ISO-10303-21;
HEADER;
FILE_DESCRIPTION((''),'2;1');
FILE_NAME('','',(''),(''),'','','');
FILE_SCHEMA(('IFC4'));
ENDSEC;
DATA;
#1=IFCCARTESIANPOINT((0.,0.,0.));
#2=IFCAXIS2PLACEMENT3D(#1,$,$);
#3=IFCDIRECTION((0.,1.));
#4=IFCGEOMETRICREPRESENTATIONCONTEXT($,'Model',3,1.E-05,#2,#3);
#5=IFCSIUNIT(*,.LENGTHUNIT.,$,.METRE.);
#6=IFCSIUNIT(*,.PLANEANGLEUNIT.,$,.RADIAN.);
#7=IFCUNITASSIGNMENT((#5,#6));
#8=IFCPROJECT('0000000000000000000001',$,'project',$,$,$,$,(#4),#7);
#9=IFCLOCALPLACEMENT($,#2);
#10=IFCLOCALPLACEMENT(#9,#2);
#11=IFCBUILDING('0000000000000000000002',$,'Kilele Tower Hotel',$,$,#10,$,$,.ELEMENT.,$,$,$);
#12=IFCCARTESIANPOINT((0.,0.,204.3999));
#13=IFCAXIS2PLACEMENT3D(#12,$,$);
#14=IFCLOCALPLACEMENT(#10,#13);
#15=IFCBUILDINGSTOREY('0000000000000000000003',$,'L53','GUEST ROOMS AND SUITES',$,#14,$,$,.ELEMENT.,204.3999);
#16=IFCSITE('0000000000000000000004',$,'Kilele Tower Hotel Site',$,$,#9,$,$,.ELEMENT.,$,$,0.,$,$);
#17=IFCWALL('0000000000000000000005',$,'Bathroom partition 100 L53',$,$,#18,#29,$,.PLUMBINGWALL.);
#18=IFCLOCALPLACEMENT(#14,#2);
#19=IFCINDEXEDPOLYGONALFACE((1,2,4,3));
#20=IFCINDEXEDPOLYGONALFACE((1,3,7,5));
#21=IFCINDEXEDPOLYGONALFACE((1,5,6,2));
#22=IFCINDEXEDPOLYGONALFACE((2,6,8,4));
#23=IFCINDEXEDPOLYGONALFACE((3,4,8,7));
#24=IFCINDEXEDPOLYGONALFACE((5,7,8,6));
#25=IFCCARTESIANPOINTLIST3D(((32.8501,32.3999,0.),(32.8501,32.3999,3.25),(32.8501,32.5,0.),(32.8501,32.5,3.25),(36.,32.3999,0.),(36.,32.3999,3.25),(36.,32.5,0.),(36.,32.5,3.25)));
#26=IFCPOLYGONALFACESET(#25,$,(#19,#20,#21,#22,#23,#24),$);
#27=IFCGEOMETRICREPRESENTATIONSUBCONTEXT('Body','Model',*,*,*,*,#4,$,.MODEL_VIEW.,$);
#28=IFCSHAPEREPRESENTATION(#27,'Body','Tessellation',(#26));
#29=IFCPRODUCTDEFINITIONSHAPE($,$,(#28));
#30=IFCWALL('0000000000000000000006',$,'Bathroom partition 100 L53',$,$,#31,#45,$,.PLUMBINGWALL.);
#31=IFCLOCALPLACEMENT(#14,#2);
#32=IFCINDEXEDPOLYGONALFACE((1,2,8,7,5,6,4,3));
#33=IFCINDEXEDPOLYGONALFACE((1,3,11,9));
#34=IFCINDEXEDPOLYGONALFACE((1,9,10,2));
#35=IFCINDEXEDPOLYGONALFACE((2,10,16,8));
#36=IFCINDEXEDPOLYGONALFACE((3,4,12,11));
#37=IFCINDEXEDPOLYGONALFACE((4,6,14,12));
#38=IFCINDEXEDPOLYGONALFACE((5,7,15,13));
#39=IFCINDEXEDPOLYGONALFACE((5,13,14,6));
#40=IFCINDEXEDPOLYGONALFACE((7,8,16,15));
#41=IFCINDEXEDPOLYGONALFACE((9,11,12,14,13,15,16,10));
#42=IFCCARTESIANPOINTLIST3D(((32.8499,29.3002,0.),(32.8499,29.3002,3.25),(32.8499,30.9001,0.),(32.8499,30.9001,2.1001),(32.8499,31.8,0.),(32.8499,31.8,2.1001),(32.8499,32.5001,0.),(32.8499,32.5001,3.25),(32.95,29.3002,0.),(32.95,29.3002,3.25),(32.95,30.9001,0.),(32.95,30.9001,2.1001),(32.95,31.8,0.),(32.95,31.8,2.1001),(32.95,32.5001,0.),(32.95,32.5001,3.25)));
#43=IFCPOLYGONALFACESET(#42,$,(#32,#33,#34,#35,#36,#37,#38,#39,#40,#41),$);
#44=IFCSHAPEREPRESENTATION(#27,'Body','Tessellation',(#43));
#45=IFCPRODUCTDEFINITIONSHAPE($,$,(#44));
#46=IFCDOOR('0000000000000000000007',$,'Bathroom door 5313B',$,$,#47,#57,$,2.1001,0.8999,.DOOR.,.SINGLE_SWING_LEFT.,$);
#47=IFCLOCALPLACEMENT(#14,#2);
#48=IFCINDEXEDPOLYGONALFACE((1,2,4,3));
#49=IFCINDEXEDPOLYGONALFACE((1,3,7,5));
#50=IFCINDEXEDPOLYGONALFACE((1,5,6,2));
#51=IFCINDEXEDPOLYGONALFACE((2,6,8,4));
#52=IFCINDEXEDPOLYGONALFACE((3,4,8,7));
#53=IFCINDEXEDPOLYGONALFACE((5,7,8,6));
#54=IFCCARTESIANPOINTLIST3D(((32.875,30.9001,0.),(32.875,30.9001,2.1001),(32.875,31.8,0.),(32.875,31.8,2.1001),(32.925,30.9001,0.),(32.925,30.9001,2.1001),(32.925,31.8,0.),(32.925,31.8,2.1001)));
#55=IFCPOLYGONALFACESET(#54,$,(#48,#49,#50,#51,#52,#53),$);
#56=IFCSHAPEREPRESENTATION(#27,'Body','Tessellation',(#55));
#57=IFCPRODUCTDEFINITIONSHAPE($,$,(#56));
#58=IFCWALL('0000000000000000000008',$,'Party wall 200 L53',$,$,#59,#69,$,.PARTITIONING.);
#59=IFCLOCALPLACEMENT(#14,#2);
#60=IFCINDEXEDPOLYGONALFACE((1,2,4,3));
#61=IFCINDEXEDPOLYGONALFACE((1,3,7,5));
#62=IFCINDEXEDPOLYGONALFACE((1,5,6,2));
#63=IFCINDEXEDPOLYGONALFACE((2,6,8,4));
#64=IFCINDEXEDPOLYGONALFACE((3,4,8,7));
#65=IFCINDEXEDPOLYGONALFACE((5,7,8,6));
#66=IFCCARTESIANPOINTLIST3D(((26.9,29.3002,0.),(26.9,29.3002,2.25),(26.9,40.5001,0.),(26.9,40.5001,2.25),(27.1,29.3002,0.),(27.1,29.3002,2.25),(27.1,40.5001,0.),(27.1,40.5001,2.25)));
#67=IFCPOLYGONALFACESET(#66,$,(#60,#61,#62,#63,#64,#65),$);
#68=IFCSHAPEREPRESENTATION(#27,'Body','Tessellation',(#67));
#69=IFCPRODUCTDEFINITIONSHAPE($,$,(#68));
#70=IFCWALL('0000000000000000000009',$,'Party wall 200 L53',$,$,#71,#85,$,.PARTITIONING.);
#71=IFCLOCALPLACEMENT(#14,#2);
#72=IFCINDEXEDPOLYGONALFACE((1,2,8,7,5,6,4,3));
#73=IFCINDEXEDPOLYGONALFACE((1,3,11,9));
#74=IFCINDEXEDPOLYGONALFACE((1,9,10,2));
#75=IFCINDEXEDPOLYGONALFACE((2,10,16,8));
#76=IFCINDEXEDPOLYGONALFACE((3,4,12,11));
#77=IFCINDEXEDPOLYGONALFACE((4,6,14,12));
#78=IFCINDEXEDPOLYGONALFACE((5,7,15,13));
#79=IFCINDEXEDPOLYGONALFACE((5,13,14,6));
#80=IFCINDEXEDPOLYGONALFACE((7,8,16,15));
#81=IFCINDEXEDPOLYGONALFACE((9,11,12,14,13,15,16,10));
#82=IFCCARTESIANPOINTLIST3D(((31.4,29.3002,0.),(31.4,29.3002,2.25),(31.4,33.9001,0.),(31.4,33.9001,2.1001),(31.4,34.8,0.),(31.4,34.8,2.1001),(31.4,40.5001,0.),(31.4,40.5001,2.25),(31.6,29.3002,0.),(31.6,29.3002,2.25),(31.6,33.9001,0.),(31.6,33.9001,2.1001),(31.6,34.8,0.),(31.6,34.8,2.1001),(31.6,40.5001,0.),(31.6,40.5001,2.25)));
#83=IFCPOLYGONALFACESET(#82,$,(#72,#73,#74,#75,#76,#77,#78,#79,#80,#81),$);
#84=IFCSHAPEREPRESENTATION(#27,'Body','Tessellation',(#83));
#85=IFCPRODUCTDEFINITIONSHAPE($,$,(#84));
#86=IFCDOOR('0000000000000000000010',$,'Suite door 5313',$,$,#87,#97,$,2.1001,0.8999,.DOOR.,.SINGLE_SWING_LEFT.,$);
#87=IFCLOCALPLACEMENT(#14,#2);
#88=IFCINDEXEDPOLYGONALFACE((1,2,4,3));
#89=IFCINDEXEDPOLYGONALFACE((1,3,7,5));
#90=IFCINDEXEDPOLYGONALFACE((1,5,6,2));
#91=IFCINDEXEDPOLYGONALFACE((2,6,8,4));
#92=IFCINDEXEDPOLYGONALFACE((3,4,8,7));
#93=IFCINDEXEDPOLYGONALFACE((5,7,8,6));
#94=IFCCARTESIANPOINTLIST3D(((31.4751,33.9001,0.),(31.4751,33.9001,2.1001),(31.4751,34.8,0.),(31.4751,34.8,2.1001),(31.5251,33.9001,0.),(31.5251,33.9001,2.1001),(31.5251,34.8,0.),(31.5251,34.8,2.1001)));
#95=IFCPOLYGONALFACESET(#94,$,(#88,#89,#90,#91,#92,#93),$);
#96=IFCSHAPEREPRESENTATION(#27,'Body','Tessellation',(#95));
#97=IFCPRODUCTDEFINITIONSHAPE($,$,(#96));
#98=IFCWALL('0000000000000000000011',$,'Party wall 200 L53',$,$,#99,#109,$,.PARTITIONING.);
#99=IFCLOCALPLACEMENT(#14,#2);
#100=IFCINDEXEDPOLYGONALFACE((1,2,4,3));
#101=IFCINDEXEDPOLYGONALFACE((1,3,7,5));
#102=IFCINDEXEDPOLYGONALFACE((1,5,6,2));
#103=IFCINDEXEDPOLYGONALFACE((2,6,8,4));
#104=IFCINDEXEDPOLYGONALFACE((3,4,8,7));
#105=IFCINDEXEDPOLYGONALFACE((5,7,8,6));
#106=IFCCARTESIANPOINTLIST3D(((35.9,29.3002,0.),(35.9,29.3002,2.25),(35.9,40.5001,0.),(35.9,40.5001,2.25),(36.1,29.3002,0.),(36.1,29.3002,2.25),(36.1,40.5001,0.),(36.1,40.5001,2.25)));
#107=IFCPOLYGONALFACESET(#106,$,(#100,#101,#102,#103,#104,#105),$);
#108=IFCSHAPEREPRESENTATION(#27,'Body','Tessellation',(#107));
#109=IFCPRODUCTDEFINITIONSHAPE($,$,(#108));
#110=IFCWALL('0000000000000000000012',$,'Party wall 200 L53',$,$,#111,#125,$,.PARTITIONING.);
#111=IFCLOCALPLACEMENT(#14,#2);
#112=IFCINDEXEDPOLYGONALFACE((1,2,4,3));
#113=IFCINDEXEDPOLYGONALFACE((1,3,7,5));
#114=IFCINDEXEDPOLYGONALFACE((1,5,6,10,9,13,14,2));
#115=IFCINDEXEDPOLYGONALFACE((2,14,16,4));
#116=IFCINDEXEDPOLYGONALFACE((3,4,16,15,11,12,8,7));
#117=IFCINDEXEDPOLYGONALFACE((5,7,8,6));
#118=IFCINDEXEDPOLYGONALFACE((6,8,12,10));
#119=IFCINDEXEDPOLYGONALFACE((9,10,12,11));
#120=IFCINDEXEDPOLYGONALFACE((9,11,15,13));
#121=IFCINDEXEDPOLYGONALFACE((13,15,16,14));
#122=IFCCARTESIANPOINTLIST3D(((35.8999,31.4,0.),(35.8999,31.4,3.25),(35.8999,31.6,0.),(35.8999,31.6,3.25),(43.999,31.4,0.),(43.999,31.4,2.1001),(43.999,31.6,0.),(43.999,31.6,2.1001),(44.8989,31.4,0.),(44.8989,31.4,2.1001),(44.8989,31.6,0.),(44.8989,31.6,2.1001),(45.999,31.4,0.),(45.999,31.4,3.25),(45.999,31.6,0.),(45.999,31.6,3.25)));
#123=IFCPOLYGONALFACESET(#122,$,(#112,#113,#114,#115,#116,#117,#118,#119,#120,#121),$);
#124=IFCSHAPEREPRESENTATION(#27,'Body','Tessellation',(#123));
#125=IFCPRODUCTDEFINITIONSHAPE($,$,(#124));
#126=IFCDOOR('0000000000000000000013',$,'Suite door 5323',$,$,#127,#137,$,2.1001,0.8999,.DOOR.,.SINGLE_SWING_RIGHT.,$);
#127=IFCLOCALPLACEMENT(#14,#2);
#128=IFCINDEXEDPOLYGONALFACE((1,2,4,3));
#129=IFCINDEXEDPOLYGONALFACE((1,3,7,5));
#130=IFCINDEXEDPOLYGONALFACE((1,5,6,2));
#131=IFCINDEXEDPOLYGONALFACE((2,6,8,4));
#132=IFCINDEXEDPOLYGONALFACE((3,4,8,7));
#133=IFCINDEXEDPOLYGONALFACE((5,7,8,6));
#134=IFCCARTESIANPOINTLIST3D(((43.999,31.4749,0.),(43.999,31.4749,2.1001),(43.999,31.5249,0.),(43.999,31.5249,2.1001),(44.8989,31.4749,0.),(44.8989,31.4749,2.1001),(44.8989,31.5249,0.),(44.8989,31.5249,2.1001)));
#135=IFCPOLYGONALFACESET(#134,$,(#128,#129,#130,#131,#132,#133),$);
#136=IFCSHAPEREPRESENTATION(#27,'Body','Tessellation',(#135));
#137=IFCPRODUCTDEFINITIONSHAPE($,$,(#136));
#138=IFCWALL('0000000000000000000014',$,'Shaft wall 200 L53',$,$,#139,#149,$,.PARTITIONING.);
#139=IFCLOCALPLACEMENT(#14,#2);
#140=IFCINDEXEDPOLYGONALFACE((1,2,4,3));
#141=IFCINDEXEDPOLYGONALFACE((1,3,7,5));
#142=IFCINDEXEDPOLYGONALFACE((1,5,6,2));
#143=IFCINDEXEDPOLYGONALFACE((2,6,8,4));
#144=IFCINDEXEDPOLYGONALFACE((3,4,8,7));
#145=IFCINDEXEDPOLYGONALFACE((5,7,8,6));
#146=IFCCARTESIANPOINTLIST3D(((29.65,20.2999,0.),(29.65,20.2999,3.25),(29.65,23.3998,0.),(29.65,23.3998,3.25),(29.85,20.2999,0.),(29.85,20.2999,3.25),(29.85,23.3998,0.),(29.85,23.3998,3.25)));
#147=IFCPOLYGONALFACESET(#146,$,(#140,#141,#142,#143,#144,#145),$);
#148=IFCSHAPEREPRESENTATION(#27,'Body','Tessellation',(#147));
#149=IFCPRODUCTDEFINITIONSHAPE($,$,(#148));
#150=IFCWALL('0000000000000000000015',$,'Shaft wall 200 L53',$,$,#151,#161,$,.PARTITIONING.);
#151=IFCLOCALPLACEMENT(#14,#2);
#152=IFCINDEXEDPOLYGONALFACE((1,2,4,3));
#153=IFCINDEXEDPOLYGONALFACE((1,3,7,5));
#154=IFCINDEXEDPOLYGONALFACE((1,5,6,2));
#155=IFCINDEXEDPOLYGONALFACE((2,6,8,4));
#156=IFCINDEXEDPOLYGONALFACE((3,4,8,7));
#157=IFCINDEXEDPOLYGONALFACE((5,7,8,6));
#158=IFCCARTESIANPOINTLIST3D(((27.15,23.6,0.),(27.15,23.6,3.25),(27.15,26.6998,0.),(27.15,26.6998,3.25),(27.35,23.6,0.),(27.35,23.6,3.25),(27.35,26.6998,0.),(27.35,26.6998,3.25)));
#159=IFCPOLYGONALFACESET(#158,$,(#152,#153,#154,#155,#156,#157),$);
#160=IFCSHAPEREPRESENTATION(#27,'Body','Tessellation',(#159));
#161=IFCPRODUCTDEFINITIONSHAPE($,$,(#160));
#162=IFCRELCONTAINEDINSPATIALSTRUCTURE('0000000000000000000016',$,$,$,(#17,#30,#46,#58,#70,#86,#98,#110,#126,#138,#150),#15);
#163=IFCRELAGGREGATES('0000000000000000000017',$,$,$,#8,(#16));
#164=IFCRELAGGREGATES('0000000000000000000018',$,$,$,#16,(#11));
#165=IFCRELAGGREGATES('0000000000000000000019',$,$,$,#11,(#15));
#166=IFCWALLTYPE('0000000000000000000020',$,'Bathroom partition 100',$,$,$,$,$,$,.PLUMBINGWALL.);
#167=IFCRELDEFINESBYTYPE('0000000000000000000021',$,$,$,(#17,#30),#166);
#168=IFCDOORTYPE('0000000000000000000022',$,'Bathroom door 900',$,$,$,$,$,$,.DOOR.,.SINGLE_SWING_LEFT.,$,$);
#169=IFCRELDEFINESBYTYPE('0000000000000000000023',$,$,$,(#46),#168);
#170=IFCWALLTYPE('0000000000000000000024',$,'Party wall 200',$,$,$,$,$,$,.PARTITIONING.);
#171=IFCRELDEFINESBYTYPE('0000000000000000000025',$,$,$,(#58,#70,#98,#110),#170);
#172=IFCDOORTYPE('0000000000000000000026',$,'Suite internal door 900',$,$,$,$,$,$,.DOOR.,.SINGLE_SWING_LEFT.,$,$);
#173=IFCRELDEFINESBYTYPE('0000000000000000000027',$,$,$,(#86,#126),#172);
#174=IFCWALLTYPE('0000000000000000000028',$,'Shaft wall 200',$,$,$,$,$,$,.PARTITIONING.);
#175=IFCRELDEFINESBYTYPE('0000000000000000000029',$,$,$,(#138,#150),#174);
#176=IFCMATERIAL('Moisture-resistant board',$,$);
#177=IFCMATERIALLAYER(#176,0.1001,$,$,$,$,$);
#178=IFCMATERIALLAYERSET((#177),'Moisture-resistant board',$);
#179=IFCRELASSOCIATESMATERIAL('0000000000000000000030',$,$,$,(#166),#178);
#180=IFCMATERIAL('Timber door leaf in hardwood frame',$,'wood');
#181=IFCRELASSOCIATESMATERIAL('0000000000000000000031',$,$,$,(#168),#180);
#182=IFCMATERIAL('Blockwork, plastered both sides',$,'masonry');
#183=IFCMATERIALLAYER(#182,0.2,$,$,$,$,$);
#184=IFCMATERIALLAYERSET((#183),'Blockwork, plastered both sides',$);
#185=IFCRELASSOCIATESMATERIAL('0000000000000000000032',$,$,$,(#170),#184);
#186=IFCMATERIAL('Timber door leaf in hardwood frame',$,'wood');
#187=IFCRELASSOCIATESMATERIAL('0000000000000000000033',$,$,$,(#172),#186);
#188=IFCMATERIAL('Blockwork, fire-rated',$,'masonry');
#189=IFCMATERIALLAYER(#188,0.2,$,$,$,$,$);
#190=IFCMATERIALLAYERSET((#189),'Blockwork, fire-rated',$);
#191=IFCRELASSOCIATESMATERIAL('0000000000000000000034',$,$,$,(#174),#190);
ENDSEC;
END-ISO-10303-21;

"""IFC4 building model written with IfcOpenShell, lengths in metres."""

from ifc_helpers import new_model, si_unit, direction, frame, frame_2d, origin, place, context, subcontext, project, spatial, rectangle, extrude, material, layer, layer_set, type_object, element, fill, save


model = new_model("IFC4")

# Units and contexts
model_context = context("Model", 3, precision=1e-05, world=origin(), true_north=direction((0.0, 1.0)))
body_context = subcontext(model_context, "Body", "Model", "MODEL_VIEW")
ifc_project = project(units=[si_unit("LENGTHUNIT", "METRE"), si_unit("PLANEANGLEUNIT", "RADIAN")], contexts=[model_context])

# Site, building, storey
site_placement = place(None, origin())
site = spatial("IfcSite", under=ifc_project, at=site_placement, Name="Kilele Tower Hotel Site", CompositionType="ELEMENT", RefElevation=0.0)
building_placement = place(site_placement, origin())
building = spatial("IfcBuilding", under=site, at=building_placement, Name="Kilele Tower Hotel", CompositionType="ELEMENT")
storey_placement = place(building_placement, frame((0.0, 0.0, 204.3999)))
storey = spatial("IfcBuildingStorey", under=building, at=storey_placement, Name="L53", Description="GUEST ROOMS AND SUITES", CompositionType="ELEMENT", Elevation=204.3999)

# Shared definitions
ifc_material_1 = material(Name="Moisture-resistant board")
ifc_layer_1 = layer(ifc_material_1, 0.1001)
ifc_layer_set_1 = layer_set([ifc_layer_1], Name="Moisture-resistant board")
wall_type_1 = type_object("IfcWallType", Name="Bathroom partition 100", PredefinedType="PLUMBINGWALL", material=ifc_layer_set_1)
ifc_material_2 = material(Name="Timber door leaf in hardwood frame", Category="wood")
door_type_1 = type_object("IfcDoorType", Name="Bathroom door 900", OperationType="SINGLE_SWING_LEFT", PredefinedType="DOOR", material=ifc_material_2)

# Wall
wall_1_placement = place(storey_placement, frame((32.8501, 32.45, 0.0), z_axis=(0.0, 0.0, 1.0), x_axis=(1.0, 0.0, 0.0)))
element("IfcWall", 1, at=wall_1_placement, inside=storey, type_object=wall_type_1, Name="Bathroom partition 100 L53", PredefinedType="PLUMBINGWALL", context=body_context, shape_type="SweptSolid", body=[
    extrude(rectangle(XDim=3.1499, YDim=0.1001, at=frame_2d((1.575, 0.0))), origin(), (0.0, 0.0, 1.0), 3.25),
])

# Wall, opening, door
wall_2_placement = place(storey_placement, frame((32.8999, 29.3, 0.0), z_axis=(0.0, 0.0, 1.0), x_axis=(0.0, 1.0, 0.0)))
wall_2 = element("IfcWall", 2, at=wall_2_placement, inside=storey, type_object=wall_type_1, Name="Bathroom partition 100 L53", PredefinedType="PLUMBINGWALL", context=body_context, shape_type="SweptSolid", body=[
    extrude(rectangle(XDim=3.2, YDim=0.1001, at=frame_2d((1.6001, 0.0))), origin(), (0.0, 0.0, 1.0), 3.25),
])
opening_1_placement = place(wall_2_placement, frame((1.6001, 0.0, 0.0)))
opening_1 = element("IfcOpeningElement", 3, at=opening_1_placement, cuts=wall_2, PredefinedType="OPENING", context=body_context, shape_type="SweptSolid", body=[
    extrude(rectangle(XDim=0.8999, YDim=2.1001, at=frame_2d((0.45, 1.05))), frame((0.0, 0.0601, 0.0), z_axis=(0.0, -1.0, 0.0), x_axis=(1.0, 0.0, 0.0)), (0.0, 0.0, 1.0), 0.1201),
])
door_1_placement = place(opening_1_placement, origin())
door_1 = element("IfcDoor", 4, at=door_1_placement, inside=storey, type_object=door_type_1, Name="Bathroom door 5313B", OperationType="SINGLE_SWING_LEFT", OverallHeight=2.1001, OverallWidth=0.8999, PredefinedType="DOOR", context=body_context, shape_type="SweptSolid", body=[
    extrude(rectangle(XDim=0.8999, YDim=2.1001, at=frame_2d((0.45, 1.05))), frame((0.0, 0.0249, 0.0), z_axis=(0.0, -1.0, 0.0), x_axis=(1.0, 0.0, 0.0)), (0.0, 0.0, 1.0), 0.05),
])
fill(opening_1, door_1)

# Wall
ifc_material_3 = material(Name="Blockwork, plastered both sides", Category="masonry")
ifc_layer_2 = layer(ifc_material_3, 0.2)
ifc_layer_set_2 = layer_set([ifc_layer_2], Name="Blockwork, plastered both sides")
wall_type_2 = type_object("IfcWallType", Name="Party wall 200", PredefinedType="PARTITIONING", material=ifc_layer_set_2)
wall_3_placement = place(storey_placement, frame((27.0, 29.3, 0.0), z_axis=(0.0, 0.0, 1.0), x_axis=(0.0, 1.0, 0.0)))
element("IfcWall", 5, at=wall_3_placement, inside=storey, type_object=wall_type_2, Name="Party wall 200 L53", PredefinedType="PARTITIONING", context=body_context, shape_type="SweptSolid", body=[
    extrude(rectangle(XDim=11.2, YDim=0.2, at=frame_2d((5.6001, 0.0))), origin(), (0.0, 0.0, 1.0), 2.25),
])

# Wall, opening, door
wall_4_placement = place(storey_placement, frame((31.5, 29.3, 0.0), z_axis=(0.0, 0.0, 1.0), x_axis=(0.0, 1.0, 0.0)))
wall_4 = element("IfcWall", 6, at=wall_4_placement, inside=storey, type_object=wall_type_2, Name="Party wall 200 L53", PredefinedType="PARTITIONING", context=body_context, shape_type="SweptSolid", body=[
    extrude(rectangle(XDim=11.2, YDim=0.2, at=frame_2d((5.6001, 0.0))), origin(), (0.0, 0.0, 1.0), 2.25),
])
opening_2_placement = place(wall_4_placement, frame((4.6001, 0.0, 0.0)))
opening_2 = element("IfcOpeningElement", 7, at=opening_2_placement, cuts=wall_4, PredefinedType="OPENING", context=body_context, shape_type="SweptSolid", body=[
    extrude(rectangle(XDim=0.8999, YDim=2.1001, at=frame_2d((0.45, 1.05))), frame((0.0, 0.1099, 0.0), z_axis=(0.0, -1.0, 0.0), x_axis=(1.0, 0.0, 0.0)), (0.0, 0.0, 1.0), 0.22),
])
ifc_material_4 = material(Name="Timber door leaf in hardwood frame", Category="wood")
door_type_2 = type_object("IfcDoorType", Name="Suite internal door 900", OperationType="SINGLE_SWING_LEFT", PredefinedType="DOOR", material=ifc_material_4)
door_2_placement = place(opening_2_placement, origin())
door_2 = element("IfcDoor", 8, at=door_2_placement, inside=storey, type_object=door_type_2, Name="Suite door 5313", OperationType="SINGLE_SWING_LEFT", OverallHeight=2.1001, OverallWidth=0.8999, PredefinedType="DOOR", context=body_context, shape_type="SweptSolid", body=[
    extrude(rectangle(XDim=0.8999, YDim=2.1001, at=frame_2d((0.45, 1.05))), frame((0.0, 0.0249, 0.0), z_axis=(0.0, -1.0, 0.0), x_axis=(1.0, 0.0, 0.0)), (0.0, 0.0, 1.0), 0.05),
])
fill(opening_2, door_2)

# Wall
wall_5_placement = place(storey_placement, frame((36.0, 29.3, 0.0), z_axis=(0.0, 0.0, 1.0), x_axis=(0.0, 1.0, 0.0)))
element("IfcWall", 9, at=wall_5_placement, inside=storey, type_object=wall_type_2, Name="Party wall 200 L53", PredefinedType="PARTITIONING", context=body_context, shape_type="SweptSolid", body=[
    extrude(rectangle(XDim=11.2, YDim=0.2, at=frame_2d((5.6001, 0.0))), origin(), (0.0, 0.0, 1.0), 2.25),
])

# Wall, opening, door
wall_6_placement = place(storey_placement, frame((35.8999, 31.5, 0.0), z_axis=(0.0, 0.0, 1.0), x_axis=(1.0, 0.0, 0.0)))
wall_6 = element("IfcWall", 10, at=wall_6_placement, inside=storey, type_object=wall_type_2, Name="Party wall 200 L53", PredefinedType="PARTITIONING", context=body_context, shape_type="SweptSolid", body=[
    extrude(rectangle(XDim=10.0991, YDim=0.2, at=frame_2d((5.0496, 0.0))), origin(), (0.0, 0.0, 1.0), 3.25),
])
opening_3_placement = place(wall_6_placement, frame((8.0991, 0.0, 0.0)))
opening_3 = element("IfcOpeningElement", 11, at=opening_3_placement, cuts=wall_6, PredefinedType="OPENING", context=body_context, shape_type="SweptSolid", body=[
    extrude(rectangle(XDim=0.8999, YDim=2.1001, at=frame_2d((0.45, 1.05))), frame((0.0, 0.1099, 0.0), z_axis=(0.0, -1.0, 0.0), x_axis=(1.0, 0.0, 0.0)), (0.0, 0.0, 1.0), 0.22),
])
door_3_placement = place(opening_3_placement, origin())
door_3 = element("IfcDoor", 12, at=door_3_placement, inside=storey, type_object=door_type_2, Name="Suite door 5323", OperationType="SINGLE_SWING_RIGHT", OverallHeight=2.1001, OverallWidth=0.8999, PredefinedType="DOOR", context=body_context, shape_type="SweptSolid", body=[
    extrude(rectangle(XDim=0.8999, YDim=2.1001, at=frame_2d((0.45, 1.05))), frame((0.0, 0.0249, 0.0), z_axis=(0.0, -1.0, 0.0), x_axis=(1.0, 0.0, 0.0)), (0.0, 0.0, 1.0), 0.05),
])
fill(opening_3, door_3)

# Walls
ifc_material_5 = material(Name="Blockwork, fire-rated", Category="masonry")
ifc_layer_3 = layer(ifc_material_5, 0.2)
ifc_layer_set_3 = layer_set([ifc_layer_3], Name="Blockwork, fire-rated")
wall_type_3 = type_object("IfcWallType", Name="Shaft wall 200", PredefinedType="PARTITIONING", material=ifc_layer_set_3)
for number, where, z_axis, x_axis, name in (
    (13, (29.75, 20.3, 0.0), (0.0, 0.0, 1.0), (0.0, 1.0, 0.0), "Shaft wall 200 L53"),
    (14, (27.25, 23.6001, 0.0), (0.0, 0.0, 1.0), (0.0, 1.0, 0.0), "Shaft wall 200 L53"),
):
    element("IfcWall", number, at=place(storey_placement, frame(where, z_axis=z_axis, x_axis=x_axis)), inside=storey, type_object=wall_type_3, Name=name, PredefinedType="PARTITIONING", context=body_context, shape_type="SweptSolid", body=[
        extrude(rectangle(XDim=3.0999, YDim=0.2, at=frame_2d((1.5498, 0.0))), origin(), (0.0, 0.0, 1.0), 3.25),
    ])

save(model, "model.ifc")
